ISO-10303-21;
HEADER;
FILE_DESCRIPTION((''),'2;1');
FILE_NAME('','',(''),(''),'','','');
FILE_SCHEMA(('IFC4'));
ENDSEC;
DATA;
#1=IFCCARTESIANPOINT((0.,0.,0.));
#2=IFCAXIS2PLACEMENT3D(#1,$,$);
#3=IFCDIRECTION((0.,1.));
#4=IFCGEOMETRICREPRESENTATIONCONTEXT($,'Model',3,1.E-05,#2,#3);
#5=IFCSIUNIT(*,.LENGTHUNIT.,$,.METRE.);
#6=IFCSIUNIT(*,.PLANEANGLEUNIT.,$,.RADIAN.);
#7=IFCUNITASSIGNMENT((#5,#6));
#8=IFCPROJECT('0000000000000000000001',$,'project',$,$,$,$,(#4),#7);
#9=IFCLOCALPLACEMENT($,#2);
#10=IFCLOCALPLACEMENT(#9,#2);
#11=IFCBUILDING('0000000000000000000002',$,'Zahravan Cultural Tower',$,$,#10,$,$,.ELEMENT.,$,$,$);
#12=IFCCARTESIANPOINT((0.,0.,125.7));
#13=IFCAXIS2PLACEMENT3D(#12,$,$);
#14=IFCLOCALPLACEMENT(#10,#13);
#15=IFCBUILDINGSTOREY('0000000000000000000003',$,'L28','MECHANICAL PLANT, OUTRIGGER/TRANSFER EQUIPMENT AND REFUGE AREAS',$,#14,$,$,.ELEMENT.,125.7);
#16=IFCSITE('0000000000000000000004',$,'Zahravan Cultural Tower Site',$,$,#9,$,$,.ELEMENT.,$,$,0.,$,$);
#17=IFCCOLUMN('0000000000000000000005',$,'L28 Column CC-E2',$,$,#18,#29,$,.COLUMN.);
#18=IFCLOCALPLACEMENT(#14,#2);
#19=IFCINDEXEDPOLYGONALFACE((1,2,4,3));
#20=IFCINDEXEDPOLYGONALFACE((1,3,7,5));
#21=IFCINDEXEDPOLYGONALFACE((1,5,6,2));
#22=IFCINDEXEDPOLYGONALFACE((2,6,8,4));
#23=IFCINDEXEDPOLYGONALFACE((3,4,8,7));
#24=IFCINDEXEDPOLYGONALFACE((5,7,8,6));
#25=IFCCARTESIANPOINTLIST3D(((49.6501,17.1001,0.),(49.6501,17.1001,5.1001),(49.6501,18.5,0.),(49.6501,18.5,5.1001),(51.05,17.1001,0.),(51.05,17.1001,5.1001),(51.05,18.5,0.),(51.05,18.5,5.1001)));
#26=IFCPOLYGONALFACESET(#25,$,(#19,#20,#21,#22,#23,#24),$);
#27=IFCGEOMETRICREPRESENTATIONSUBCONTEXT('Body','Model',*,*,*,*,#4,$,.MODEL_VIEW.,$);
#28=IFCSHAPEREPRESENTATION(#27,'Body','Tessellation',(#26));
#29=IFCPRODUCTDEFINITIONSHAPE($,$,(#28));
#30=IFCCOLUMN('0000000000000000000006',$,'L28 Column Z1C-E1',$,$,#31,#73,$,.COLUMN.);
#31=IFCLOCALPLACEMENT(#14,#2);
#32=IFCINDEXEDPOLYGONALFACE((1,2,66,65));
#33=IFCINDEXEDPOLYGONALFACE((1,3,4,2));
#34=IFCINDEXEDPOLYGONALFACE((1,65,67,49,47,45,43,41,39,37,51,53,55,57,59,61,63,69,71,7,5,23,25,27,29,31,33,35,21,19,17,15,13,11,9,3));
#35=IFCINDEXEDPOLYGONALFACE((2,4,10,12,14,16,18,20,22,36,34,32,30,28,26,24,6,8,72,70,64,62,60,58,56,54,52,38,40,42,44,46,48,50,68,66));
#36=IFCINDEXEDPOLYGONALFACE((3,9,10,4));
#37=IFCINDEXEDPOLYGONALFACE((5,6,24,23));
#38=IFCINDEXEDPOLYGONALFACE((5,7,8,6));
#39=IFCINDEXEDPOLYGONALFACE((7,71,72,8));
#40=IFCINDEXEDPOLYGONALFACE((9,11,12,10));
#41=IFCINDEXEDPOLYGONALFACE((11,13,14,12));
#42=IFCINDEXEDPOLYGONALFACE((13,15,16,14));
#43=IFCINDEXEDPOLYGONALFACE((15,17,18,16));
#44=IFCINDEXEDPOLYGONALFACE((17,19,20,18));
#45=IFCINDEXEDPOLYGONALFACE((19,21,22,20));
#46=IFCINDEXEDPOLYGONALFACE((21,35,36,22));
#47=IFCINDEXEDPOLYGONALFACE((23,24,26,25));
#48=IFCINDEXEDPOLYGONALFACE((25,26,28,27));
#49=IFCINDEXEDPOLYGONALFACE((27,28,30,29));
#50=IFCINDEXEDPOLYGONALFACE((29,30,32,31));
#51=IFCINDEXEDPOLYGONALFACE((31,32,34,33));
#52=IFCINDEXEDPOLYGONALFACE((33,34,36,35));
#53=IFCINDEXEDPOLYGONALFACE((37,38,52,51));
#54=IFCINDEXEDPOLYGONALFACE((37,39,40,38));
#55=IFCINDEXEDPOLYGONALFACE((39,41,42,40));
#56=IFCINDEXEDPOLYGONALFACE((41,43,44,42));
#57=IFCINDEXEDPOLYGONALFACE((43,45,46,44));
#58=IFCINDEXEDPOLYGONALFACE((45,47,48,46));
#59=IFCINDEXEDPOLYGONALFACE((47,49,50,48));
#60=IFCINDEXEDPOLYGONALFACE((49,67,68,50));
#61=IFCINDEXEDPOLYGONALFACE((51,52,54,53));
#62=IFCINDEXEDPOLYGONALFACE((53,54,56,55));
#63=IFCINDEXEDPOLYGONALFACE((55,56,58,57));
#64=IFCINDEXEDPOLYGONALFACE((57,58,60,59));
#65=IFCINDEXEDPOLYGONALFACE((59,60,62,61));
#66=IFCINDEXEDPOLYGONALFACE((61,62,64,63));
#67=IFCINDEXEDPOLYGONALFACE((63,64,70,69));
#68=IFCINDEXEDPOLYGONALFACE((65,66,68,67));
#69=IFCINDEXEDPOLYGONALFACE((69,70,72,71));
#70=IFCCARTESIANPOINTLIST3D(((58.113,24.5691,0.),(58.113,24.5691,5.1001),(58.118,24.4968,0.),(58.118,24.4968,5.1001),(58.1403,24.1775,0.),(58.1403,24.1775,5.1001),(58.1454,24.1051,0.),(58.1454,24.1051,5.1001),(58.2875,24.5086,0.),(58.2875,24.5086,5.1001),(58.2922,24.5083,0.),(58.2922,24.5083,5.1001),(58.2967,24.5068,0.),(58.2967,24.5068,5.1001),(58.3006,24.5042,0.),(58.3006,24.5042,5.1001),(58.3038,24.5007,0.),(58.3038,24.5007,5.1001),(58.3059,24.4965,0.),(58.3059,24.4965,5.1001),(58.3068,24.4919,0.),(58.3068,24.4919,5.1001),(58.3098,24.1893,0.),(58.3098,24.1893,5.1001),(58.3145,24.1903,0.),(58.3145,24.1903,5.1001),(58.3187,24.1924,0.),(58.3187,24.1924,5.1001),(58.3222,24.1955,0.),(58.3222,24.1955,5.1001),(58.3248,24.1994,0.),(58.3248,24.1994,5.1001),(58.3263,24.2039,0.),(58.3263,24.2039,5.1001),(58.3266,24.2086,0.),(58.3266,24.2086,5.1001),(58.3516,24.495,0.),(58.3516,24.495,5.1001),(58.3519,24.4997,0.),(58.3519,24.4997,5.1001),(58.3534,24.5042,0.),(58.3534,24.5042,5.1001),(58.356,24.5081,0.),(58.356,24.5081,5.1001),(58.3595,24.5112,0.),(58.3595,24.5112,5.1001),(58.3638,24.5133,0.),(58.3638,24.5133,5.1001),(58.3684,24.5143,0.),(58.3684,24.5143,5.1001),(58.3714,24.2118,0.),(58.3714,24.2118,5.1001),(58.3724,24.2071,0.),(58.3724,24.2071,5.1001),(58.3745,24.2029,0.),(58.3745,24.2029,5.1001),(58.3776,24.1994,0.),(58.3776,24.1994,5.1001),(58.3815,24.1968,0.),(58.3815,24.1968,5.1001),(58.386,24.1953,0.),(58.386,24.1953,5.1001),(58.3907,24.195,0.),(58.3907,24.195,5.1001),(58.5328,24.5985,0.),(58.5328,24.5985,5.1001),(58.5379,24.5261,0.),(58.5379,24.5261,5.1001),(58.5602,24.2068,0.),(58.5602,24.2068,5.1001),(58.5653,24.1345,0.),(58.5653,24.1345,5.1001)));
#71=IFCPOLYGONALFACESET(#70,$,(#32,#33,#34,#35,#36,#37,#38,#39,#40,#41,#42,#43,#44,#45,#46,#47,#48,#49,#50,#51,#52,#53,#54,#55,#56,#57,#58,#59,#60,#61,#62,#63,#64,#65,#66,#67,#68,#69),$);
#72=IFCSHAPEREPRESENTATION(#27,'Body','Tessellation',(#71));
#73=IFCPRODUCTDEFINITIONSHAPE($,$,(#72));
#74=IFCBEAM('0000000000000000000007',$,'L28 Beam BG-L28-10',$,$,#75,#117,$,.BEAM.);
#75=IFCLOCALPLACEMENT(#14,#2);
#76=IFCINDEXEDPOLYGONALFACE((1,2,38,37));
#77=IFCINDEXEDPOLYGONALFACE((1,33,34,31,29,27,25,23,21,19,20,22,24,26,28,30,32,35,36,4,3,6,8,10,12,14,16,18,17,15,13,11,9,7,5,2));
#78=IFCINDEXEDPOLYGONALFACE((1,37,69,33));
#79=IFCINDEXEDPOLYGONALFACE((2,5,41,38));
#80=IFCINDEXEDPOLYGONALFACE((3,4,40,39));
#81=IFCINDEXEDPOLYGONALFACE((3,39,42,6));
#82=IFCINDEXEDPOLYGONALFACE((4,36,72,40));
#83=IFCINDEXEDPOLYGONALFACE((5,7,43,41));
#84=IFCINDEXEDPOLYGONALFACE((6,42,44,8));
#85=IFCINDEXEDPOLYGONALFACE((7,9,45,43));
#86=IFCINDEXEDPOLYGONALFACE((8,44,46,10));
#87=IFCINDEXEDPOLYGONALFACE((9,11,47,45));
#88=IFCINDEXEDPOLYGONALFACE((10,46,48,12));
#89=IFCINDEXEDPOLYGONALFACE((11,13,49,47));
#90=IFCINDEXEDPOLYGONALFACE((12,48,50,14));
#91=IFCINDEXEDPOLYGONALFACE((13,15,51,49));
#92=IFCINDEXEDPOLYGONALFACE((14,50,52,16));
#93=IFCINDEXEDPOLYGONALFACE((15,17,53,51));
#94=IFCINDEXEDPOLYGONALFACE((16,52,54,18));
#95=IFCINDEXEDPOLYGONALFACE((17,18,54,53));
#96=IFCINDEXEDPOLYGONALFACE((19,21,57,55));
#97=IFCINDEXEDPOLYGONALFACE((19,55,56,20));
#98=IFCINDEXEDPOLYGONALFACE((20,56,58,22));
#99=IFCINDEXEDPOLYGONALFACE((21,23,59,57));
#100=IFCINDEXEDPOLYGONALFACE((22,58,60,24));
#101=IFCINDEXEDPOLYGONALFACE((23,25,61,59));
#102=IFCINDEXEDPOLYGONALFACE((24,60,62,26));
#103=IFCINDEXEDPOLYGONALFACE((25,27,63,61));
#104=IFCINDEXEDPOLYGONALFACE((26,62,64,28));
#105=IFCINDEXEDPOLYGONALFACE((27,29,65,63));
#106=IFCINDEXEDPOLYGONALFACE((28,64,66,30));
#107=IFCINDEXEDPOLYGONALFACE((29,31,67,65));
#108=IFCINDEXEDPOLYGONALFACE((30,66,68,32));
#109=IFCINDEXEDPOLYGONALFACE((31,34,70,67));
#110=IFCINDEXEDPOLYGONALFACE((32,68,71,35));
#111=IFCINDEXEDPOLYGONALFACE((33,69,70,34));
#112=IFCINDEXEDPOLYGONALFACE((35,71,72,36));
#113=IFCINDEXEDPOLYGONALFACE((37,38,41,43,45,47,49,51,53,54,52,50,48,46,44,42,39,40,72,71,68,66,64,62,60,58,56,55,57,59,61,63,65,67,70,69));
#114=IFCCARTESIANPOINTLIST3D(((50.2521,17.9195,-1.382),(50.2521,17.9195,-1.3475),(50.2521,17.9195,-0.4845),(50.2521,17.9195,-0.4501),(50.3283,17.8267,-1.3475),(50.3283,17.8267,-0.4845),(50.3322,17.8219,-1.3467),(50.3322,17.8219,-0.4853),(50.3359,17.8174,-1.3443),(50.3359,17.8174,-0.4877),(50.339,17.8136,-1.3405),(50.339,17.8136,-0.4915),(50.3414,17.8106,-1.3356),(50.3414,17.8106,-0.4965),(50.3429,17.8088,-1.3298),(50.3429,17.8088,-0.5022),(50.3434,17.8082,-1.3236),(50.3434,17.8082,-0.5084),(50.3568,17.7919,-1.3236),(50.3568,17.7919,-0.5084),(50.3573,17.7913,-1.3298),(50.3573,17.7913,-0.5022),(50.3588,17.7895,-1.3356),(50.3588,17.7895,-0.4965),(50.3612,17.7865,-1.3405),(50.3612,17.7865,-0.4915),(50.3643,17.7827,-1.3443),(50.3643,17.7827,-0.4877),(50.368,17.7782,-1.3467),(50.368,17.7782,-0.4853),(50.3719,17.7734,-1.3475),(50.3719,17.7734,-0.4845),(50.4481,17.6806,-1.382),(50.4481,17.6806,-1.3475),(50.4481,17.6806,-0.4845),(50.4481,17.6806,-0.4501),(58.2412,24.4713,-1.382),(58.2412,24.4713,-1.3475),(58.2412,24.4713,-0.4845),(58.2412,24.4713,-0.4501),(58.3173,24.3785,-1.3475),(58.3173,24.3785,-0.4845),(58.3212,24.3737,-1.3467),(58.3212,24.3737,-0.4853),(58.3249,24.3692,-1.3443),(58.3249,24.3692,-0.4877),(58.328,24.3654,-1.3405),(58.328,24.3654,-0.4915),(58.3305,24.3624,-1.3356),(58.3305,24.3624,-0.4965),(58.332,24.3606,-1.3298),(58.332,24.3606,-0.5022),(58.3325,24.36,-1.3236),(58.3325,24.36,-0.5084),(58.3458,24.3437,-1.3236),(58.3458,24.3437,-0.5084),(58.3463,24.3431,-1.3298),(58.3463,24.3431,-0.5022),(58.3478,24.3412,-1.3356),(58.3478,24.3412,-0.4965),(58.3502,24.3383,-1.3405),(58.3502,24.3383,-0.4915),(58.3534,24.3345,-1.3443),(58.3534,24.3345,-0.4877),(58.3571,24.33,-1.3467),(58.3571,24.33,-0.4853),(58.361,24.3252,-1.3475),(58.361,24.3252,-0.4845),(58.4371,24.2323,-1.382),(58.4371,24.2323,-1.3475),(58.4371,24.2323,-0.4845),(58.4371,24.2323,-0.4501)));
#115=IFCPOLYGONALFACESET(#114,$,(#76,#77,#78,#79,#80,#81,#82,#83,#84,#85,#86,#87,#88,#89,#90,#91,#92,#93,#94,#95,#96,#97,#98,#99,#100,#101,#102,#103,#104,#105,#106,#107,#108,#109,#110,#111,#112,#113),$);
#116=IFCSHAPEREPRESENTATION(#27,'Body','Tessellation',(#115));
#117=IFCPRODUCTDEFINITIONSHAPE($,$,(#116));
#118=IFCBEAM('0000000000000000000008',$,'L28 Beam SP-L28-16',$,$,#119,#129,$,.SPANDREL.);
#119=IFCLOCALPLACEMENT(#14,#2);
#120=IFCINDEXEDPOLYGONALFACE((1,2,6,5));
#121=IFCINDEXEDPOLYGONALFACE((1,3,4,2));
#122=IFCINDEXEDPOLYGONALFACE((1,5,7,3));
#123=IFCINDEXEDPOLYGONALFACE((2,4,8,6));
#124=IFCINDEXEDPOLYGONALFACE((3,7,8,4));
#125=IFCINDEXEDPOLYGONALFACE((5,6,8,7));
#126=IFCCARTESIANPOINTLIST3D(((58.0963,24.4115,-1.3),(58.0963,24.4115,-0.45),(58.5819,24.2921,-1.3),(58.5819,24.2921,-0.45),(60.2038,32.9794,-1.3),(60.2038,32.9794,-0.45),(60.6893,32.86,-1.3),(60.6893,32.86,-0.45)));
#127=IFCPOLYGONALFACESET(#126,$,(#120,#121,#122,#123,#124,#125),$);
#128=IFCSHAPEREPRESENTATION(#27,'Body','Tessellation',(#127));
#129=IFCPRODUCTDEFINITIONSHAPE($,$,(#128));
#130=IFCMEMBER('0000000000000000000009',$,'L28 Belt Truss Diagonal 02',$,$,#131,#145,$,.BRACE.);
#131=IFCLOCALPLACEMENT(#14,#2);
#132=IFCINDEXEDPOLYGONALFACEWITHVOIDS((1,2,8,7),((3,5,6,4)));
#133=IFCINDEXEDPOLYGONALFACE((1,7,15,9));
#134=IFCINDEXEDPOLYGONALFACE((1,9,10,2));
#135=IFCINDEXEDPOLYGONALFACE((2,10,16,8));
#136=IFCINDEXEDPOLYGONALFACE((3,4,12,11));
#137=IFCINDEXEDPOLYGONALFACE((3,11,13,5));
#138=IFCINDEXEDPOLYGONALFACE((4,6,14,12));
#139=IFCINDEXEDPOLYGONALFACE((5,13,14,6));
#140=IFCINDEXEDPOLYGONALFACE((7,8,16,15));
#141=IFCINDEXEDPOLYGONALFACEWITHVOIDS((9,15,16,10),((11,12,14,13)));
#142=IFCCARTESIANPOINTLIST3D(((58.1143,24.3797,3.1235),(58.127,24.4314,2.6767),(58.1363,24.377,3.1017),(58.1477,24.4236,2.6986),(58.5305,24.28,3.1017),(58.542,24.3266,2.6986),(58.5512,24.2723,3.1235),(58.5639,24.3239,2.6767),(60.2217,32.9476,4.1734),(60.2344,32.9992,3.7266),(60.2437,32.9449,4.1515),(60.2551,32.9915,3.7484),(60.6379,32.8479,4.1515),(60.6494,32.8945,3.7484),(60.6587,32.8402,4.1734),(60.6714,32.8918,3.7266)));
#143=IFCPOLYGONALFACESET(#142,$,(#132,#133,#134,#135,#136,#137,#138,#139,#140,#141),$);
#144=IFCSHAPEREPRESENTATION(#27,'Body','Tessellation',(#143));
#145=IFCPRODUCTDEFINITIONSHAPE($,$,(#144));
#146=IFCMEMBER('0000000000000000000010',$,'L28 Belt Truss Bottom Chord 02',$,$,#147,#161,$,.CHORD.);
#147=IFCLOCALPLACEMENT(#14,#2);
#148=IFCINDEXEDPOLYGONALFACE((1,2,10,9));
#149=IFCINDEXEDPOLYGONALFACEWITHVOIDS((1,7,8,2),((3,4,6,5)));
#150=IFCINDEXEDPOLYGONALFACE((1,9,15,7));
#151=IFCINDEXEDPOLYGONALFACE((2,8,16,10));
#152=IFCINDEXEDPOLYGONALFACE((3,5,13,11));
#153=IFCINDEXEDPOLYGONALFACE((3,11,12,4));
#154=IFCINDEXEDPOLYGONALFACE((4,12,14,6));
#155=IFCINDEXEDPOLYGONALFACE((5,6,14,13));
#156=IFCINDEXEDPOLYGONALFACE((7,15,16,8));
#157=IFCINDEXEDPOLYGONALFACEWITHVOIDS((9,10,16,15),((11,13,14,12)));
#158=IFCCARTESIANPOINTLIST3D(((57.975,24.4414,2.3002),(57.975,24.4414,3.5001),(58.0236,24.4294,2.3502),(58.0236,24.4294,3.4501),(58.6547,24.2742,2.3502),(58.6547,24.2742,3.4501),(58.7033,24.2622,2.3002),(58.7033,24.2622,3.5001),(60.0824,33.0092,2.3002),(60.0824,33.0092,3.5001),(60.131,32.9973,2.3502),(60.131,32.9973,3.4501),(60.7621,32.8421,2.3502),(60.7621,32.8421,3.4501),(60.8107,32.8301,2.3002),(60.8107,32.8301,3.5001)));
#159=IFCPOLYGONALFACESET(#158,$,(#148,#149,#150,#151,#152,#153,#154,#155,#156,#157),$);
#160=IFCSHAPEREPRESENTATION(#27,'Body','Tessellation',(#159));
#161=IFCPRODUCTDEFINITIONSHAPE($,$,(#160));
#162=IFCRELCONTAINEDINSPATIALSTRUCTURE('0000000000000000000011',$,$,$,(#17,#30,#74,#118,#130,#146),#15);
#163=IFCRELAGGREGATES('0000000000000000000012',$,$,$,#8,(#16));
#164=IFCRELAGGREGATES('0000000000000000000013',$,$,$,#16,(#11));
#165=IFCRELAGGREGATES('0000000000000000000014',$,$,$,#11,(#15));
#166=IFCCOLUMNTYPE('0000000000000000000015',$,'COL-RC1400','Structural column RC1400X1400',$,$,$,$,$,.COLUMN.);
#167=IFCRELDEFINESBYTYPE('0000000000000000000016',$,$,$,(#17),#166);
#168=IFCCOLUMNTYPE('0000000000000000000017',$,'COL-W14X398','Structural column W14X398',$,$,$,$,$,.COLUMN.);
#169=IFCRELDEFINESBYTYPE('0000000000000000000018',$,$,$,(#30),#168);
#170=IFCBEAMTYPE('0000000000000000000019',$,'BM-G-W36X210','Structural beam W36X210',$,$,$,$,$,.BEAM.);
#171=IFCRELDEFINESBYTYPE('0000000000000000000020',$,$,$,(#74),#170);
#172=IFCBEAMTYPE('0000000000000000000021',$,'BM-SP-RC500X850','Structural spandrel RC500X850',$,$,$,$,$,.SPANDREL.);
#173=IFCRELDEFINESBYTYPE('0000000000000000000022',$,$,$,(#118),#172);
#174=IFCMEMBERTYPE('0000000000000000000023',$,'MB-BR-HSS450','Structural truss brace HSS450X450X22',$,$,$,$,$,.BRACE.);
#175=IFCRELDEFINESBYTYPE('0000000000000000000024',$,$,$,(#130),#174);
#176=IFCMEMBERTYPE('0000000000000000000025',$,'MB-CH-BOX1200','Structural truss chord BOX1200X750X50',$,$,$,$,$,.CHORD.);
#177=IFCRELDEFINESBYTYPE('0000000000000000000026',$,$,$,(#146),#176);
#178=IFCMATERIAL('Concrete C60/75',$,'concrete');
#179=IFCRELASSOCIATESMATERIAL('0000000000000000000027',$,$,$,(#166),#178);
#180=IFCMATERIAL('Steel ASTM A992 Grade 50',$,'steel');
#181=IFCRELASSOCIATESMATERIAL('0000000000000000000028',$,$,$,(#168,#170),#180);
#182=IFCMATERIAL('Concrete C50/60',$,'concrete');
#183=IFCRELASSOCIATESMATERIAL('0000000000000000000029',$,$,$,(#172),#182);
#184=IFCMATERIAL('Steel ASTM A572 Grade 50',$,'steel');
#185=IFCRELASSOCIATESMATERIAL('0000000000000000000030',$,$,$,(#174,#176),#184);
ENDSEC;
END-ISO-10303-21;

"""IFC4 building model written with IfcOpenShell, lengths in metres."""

from ifc_helpers import new_model, si_unit, direction, frame, origin, origin_2d, place, context, subcontext, project, spatial, rectangle, hollow_rectangle, i_section, extrude, source, transform, mapped, material, material_profile, profile_set, type_object, element, save


model = new_model("IFC4")

# Units and contexts
model_context = context("Model", 3, precision=1e-05, world=origin(), true_north=direction((0.0, 1.0)))
body_context = subcontext(model_context, "Body", "Model", "MODEL_VIEW")
ifc_project = project(units=[si_unit("LENGTHUNIT", "METRE"), si_unit("PLANEANGLEUNIT", "RADIAN")], contexts=[model_context])

# Site, building, storey
site_placement = place(None, origin())
site = spatial("IfcSite", under=ifc_project, at=site_placement, Name="Zahravan Cultural Tower Site", CompositionType="ELEMENT", RefElevation=0.0)
building_placement = place(site_placement, origin())
building = spatial("IfcBuilding", under=site, at=building_placement, Name="Zahravan Cultural Tower", CompositionType="ELEMENT")
storey_placement = place(building_placement, frame((0.0, 0.0, 125.7)))
storey = spatial("IfcBuildingStorey", under=building, at=storey_placement, Name="L28", Description="MECHANICAL PLANT, OUTRIGGER/TRANSFER EQUIPMENT AND REFUGE AREAS", CompositionType="ELEMENT", Elevation=125.7)

# Columns
ifc_material_1 = material(Name="Concrete C60/75", Category="concrete")
ifc_material_profile_1 = material_profile(ifc_material_1, rectangle(XDim=1.3999, YDim=1.3999, at=origin_2d()), Name="RC1400X1400")
ifc_profile_set_1 = profile_set([ifc_material_profile_1], Name="Concrete C60/75")
column_type_1 = type_object("IfcColumnType", Name="COL-RC1400", Description="Structural column RC1400X1400", PredefinedType="COLUMN", material=ifc_profile_set_1)
shared_shape_1 = source(origin(), body_context, "Body", "SweptSolid", [
    extrude(rectangle(XDim=1.3999, YDim=1.3999, at=origin_2d()), origin(), (0.0, 0.0, 1.0), 5.1001),
])
column_1_placement = place(storey_placement, frame((50.3501, 17.8, 0.0), z_axis=(0.0, 0.0, 1.0), x_axis=(1.0, 0.0, 0.0)))
element("IfcColumn", 1, at=column_1_placement, inside=storey, type_object=column_type_1, Name="L28 Column CC-E2", PredefinedType="COLUMN", context=body_context, shape_type="MappedRepresentation", body=[
    mapped(shared_shape_1, transform((0.0, 0.0, 0.0), x_axis=(1.0, 0.0, 0.0), y_axis=(0.0, 1.0, 0.0), z_axis=(0.0, 0.0, 1.0), scale=1.0)),
])
ifc_material_2 = material(Name="Steel ASTM A992 Grade 50", Category="steel")
ifc_material_profile_2 = material_profile(ifc_material_2, i_section(OverallWidth=0.4209, OverallDepth=0.4651, WebThickness=0.0449, FlangeThickness=0.0725, FilletRadius=0.0181, at=origin_2d()), Name="W14X398")
ifc_profile_set_2 = profile_set([ifc_material_profile_2], Name="Steel ASTM A992 Grade 50")
column_type_2 = type_object("IfcColumnType", Name="COL-W14X398", Description="Structural column W14X398", PredefinedType="COLUMN", material=ifc_profile_set_2)
shared_shape_2 = source(origin(), body_context, "Body", "SweptSolid", [
    extrude(i_section(OverallWidth=0.4209, OverallDepth=0.4651, WebThickness=0.0449, FlangeThickness=0.0725, FilletRadius=0.0181, at=origin_2d()), origin(), (0.0, 0.0, 1.0), 5.1001),
])
column_2_placement = place(storey_placement, frame((58.3391, 24.3518, 0.0), z_axis=(0.0, 0.0, 1.0), x_axis=(0.997564, 0.069756, 0.0)))
element("IfcColumn", 2, at=column_2_placement, inside=storey, type_object=column_type_2, Name="L28 Column Z1C-E1", PredefinedType="COLUMN", context=body_context, shape_type="MappedRepresentation", body=[
    mapped(shared_shape_2, transform((0.0, 0.0, 0.0), x_axis=(1.0, 0.0, 0.0), y_axis=(0.0, 1.0, 0.0), z_axis=(0.0, 0.0, 1.0), scale=1.0)),
])

# Beams
ifc_material_profile_3 = material_profile(ifc_material_2, i_section(OverallWidth=0.3091, OverallDepth=0.9319, WebThickness=0.021, FlangeThickness=0.0344, FilletRadius=0.0239, at=origin_2d()), Name="W36X210")
ifc_profile_set_3 = profile_set([ifc_material_profile_3], Name="Steel ASTM A992 Grade 50")
beam_type_1 = type_object("IfcBeamType", Name="BM-G-W36X210", Description="Structural beam W36X210", PredefinedType="BEAM", material=ifc_profile_set_3)
shared_shape_3 = source(origin(), body_context, "Body", "SweptSolid", [
    extrude(i_section(OverallWidth=0.3091, OverallDepth=0.9319, WebThickness=0.021, FlangeThickness=0.0344, FilletRadius=0.0239, at=origin_2d()), origin(), (0.0, 0.0, 1.0), 10.332),
])
beam_1_placement = place(storey_placement, frame((50.3501, 17.8, -0.916), z_axis=(0.773231, 0.634124, 0.0), x_axis=(-0.634124, 0.773231, 0.0)))
element("IfcBeam", 3, at=beam_1_placement, inside=storey, type_object=beam_type_1, Name="L28 Beam BG-L28-10", PredefinedType="BEAM", context=body_context, shape_type="MappedRepresentation", body=[
    mapped(shared_shape_3, transform((0.0, 0.0, 0.0), x_axis=(1.0, 0.0, 0.0), y_axis=(0.0, 1.0, 0.0), z_axis=(0.0, 0.0, 1.0), scale=1.0)),
])
ifc_material_3 = material(Name="Concrete C50/60", Category="concrete")
ifc_material_profile_4 = material_profile(ifc_material_3, rectangle(XDim=0.5, YDim=0.8501, at=origin_2d()), Name="RC500X850")
ifc_profile_set_4 = profile_set([ifc_material_profile_4], Name="Concrete C50/60")
beam_type_2 = type_object("IfcBeamType", Name="BM-SP-RC500X850", Description="Structural spandrel RC500X850", PredefinedType="SPANDREL", material=ifc_profile_set_4)
shared_shape_4 = source(origin(), body_context, "Body", "SweptSolid", [
    extrude(rectangle(XDim=0.5, YDim=0.8501, at=origin_2d()), origin(), (0.0, 0.0, 1.0), 8.8232),
])
beam_2_placement = place(storey_placement, frame((58.3391, 24.3518, -0.875), z_axis=(0.238849, 0.971057, 0.0), x_axis=(-0.971057, 0.238849, 0.0)))
element("IfcBeam", 4, at=beam_2_placement, inside=storey, type_object=beam_type_2, Name="L28 Beam SP-L28-16", PredefinedType="SPANDREL", context=body_context, shape_type="MappedRepresentation", body=[
    mapped(shared_shape_4, transform((0.0, 0.0, 0.0), x_axis=(1.0, 0.0, 0.0), y_axis=(0.0, 1.0, 0.0), z_axis=(0.0, 0.0, 1.0), scale=1.0)),
])

# Members
ifc_material_4 = material(Name="Steel ASTM A572 Grade 50", Category="steel")
ifc_material_profile_5 = material_profile(ifc_material_4, hollow_rectangle(XDim=0.45, YDim=0.45, WallThickness=0.022, at=origin_2d()), Name="HSS450X450X22")
ifc_profile_set_5 = profile_set([ifc_material_profile_5], Name="Steel ASTM A572 Grade 50")
member_type_1 = type_object("IfcMemberType", Name="MB-BR-HSS450", Description="Structural truss brace HSS450X450X22", PredefinedType="BRACE", material=ifc_profile_set_5)
shared_shape_5 = source(origin(), body_context, "Body", "SweptSolid", [
    extrude(hollow_rectangle(XDim=0.45, YDim=0.45, WallThickness=0.022, at=origin_2d()), origin(), (0.0, 0.0, 1.0), 8.8855),
])
member_1_placement = place(storey_placement, frame((58.3391, 24.3518, 2.9001), z_axis=(0.237176, 0.964255, 0.118148), x_axis=(-0.971057, 0.238849, 0.0)))
element("IfcMember", 5, at=member_1_placement, inside=storey, type_object=member_type_1, Name="L28 Belt Truss Diagonal 02", PredefinedType="BRACE", context=body_context, shape_type="MappedRepresentation", body=[
    mapped(shared_shape_5, transform((0.0, 0.0, 0.0), x_axis=(1.0, 0.0, 0.0), y_axis=(0.0, 1.0, 0.0), z_axis=(0.0, 0.0, 1.0), scale=1.0)),
])
ifc_material_profile_6 = material_profile(ifc_material_4, hollow_rectangle(XDim=0.75, YDim=1.2, WallThickness=0.05, at=origin_2d()), Name="BOX1200X750X50")
ifc_profile_set_6 = profile_set([ifc_material_profile_6], Name="Steel ASTM A572 Grade 50")
member_type_2 = type_object("IfcMemberType", Name="MB-CH-BOX1200", Description="Structural truss chord BOX1200X750X50", PredefinedType="CHORD", material=ifc_profile_set_6)
shared_shape_6 = source(origin(), body_context, "Body", "SweptSolid", [
    extrude(hollow_rectangle(XDim=0.75, YDim=1.2, WallThickness=0.05, at=origin_2d()), origin(), (0.0, 0.0, 1.0), 8.8232),
])
member_2_placement = place(storey_placement, frame((58.3391, 24.3518, 2.9001), z_axis=(0.238849, 0.971057, 0.0), x_axis=(-0.971057, 0.238849, 0.0)))
element("IfcMember", 6, at=member_2_placement, inside=storey, type_object=member_type_2, Name="L28 Belt Truss Bottom Chord 02", PredefinedType="CHORD", context=body_context, shape_type="MappedRepresentation", body=[
    mapped(shared_shape_6, transform((0.0, 0.0, 0.0), x_axis=(1.0, 0.0, 0.0), y_axis=(0.0, 1.0, 0.0), z_axis=(0.0, 0.0, 1.0), scale=1.0)),
])

save(model, "model.ifc")
